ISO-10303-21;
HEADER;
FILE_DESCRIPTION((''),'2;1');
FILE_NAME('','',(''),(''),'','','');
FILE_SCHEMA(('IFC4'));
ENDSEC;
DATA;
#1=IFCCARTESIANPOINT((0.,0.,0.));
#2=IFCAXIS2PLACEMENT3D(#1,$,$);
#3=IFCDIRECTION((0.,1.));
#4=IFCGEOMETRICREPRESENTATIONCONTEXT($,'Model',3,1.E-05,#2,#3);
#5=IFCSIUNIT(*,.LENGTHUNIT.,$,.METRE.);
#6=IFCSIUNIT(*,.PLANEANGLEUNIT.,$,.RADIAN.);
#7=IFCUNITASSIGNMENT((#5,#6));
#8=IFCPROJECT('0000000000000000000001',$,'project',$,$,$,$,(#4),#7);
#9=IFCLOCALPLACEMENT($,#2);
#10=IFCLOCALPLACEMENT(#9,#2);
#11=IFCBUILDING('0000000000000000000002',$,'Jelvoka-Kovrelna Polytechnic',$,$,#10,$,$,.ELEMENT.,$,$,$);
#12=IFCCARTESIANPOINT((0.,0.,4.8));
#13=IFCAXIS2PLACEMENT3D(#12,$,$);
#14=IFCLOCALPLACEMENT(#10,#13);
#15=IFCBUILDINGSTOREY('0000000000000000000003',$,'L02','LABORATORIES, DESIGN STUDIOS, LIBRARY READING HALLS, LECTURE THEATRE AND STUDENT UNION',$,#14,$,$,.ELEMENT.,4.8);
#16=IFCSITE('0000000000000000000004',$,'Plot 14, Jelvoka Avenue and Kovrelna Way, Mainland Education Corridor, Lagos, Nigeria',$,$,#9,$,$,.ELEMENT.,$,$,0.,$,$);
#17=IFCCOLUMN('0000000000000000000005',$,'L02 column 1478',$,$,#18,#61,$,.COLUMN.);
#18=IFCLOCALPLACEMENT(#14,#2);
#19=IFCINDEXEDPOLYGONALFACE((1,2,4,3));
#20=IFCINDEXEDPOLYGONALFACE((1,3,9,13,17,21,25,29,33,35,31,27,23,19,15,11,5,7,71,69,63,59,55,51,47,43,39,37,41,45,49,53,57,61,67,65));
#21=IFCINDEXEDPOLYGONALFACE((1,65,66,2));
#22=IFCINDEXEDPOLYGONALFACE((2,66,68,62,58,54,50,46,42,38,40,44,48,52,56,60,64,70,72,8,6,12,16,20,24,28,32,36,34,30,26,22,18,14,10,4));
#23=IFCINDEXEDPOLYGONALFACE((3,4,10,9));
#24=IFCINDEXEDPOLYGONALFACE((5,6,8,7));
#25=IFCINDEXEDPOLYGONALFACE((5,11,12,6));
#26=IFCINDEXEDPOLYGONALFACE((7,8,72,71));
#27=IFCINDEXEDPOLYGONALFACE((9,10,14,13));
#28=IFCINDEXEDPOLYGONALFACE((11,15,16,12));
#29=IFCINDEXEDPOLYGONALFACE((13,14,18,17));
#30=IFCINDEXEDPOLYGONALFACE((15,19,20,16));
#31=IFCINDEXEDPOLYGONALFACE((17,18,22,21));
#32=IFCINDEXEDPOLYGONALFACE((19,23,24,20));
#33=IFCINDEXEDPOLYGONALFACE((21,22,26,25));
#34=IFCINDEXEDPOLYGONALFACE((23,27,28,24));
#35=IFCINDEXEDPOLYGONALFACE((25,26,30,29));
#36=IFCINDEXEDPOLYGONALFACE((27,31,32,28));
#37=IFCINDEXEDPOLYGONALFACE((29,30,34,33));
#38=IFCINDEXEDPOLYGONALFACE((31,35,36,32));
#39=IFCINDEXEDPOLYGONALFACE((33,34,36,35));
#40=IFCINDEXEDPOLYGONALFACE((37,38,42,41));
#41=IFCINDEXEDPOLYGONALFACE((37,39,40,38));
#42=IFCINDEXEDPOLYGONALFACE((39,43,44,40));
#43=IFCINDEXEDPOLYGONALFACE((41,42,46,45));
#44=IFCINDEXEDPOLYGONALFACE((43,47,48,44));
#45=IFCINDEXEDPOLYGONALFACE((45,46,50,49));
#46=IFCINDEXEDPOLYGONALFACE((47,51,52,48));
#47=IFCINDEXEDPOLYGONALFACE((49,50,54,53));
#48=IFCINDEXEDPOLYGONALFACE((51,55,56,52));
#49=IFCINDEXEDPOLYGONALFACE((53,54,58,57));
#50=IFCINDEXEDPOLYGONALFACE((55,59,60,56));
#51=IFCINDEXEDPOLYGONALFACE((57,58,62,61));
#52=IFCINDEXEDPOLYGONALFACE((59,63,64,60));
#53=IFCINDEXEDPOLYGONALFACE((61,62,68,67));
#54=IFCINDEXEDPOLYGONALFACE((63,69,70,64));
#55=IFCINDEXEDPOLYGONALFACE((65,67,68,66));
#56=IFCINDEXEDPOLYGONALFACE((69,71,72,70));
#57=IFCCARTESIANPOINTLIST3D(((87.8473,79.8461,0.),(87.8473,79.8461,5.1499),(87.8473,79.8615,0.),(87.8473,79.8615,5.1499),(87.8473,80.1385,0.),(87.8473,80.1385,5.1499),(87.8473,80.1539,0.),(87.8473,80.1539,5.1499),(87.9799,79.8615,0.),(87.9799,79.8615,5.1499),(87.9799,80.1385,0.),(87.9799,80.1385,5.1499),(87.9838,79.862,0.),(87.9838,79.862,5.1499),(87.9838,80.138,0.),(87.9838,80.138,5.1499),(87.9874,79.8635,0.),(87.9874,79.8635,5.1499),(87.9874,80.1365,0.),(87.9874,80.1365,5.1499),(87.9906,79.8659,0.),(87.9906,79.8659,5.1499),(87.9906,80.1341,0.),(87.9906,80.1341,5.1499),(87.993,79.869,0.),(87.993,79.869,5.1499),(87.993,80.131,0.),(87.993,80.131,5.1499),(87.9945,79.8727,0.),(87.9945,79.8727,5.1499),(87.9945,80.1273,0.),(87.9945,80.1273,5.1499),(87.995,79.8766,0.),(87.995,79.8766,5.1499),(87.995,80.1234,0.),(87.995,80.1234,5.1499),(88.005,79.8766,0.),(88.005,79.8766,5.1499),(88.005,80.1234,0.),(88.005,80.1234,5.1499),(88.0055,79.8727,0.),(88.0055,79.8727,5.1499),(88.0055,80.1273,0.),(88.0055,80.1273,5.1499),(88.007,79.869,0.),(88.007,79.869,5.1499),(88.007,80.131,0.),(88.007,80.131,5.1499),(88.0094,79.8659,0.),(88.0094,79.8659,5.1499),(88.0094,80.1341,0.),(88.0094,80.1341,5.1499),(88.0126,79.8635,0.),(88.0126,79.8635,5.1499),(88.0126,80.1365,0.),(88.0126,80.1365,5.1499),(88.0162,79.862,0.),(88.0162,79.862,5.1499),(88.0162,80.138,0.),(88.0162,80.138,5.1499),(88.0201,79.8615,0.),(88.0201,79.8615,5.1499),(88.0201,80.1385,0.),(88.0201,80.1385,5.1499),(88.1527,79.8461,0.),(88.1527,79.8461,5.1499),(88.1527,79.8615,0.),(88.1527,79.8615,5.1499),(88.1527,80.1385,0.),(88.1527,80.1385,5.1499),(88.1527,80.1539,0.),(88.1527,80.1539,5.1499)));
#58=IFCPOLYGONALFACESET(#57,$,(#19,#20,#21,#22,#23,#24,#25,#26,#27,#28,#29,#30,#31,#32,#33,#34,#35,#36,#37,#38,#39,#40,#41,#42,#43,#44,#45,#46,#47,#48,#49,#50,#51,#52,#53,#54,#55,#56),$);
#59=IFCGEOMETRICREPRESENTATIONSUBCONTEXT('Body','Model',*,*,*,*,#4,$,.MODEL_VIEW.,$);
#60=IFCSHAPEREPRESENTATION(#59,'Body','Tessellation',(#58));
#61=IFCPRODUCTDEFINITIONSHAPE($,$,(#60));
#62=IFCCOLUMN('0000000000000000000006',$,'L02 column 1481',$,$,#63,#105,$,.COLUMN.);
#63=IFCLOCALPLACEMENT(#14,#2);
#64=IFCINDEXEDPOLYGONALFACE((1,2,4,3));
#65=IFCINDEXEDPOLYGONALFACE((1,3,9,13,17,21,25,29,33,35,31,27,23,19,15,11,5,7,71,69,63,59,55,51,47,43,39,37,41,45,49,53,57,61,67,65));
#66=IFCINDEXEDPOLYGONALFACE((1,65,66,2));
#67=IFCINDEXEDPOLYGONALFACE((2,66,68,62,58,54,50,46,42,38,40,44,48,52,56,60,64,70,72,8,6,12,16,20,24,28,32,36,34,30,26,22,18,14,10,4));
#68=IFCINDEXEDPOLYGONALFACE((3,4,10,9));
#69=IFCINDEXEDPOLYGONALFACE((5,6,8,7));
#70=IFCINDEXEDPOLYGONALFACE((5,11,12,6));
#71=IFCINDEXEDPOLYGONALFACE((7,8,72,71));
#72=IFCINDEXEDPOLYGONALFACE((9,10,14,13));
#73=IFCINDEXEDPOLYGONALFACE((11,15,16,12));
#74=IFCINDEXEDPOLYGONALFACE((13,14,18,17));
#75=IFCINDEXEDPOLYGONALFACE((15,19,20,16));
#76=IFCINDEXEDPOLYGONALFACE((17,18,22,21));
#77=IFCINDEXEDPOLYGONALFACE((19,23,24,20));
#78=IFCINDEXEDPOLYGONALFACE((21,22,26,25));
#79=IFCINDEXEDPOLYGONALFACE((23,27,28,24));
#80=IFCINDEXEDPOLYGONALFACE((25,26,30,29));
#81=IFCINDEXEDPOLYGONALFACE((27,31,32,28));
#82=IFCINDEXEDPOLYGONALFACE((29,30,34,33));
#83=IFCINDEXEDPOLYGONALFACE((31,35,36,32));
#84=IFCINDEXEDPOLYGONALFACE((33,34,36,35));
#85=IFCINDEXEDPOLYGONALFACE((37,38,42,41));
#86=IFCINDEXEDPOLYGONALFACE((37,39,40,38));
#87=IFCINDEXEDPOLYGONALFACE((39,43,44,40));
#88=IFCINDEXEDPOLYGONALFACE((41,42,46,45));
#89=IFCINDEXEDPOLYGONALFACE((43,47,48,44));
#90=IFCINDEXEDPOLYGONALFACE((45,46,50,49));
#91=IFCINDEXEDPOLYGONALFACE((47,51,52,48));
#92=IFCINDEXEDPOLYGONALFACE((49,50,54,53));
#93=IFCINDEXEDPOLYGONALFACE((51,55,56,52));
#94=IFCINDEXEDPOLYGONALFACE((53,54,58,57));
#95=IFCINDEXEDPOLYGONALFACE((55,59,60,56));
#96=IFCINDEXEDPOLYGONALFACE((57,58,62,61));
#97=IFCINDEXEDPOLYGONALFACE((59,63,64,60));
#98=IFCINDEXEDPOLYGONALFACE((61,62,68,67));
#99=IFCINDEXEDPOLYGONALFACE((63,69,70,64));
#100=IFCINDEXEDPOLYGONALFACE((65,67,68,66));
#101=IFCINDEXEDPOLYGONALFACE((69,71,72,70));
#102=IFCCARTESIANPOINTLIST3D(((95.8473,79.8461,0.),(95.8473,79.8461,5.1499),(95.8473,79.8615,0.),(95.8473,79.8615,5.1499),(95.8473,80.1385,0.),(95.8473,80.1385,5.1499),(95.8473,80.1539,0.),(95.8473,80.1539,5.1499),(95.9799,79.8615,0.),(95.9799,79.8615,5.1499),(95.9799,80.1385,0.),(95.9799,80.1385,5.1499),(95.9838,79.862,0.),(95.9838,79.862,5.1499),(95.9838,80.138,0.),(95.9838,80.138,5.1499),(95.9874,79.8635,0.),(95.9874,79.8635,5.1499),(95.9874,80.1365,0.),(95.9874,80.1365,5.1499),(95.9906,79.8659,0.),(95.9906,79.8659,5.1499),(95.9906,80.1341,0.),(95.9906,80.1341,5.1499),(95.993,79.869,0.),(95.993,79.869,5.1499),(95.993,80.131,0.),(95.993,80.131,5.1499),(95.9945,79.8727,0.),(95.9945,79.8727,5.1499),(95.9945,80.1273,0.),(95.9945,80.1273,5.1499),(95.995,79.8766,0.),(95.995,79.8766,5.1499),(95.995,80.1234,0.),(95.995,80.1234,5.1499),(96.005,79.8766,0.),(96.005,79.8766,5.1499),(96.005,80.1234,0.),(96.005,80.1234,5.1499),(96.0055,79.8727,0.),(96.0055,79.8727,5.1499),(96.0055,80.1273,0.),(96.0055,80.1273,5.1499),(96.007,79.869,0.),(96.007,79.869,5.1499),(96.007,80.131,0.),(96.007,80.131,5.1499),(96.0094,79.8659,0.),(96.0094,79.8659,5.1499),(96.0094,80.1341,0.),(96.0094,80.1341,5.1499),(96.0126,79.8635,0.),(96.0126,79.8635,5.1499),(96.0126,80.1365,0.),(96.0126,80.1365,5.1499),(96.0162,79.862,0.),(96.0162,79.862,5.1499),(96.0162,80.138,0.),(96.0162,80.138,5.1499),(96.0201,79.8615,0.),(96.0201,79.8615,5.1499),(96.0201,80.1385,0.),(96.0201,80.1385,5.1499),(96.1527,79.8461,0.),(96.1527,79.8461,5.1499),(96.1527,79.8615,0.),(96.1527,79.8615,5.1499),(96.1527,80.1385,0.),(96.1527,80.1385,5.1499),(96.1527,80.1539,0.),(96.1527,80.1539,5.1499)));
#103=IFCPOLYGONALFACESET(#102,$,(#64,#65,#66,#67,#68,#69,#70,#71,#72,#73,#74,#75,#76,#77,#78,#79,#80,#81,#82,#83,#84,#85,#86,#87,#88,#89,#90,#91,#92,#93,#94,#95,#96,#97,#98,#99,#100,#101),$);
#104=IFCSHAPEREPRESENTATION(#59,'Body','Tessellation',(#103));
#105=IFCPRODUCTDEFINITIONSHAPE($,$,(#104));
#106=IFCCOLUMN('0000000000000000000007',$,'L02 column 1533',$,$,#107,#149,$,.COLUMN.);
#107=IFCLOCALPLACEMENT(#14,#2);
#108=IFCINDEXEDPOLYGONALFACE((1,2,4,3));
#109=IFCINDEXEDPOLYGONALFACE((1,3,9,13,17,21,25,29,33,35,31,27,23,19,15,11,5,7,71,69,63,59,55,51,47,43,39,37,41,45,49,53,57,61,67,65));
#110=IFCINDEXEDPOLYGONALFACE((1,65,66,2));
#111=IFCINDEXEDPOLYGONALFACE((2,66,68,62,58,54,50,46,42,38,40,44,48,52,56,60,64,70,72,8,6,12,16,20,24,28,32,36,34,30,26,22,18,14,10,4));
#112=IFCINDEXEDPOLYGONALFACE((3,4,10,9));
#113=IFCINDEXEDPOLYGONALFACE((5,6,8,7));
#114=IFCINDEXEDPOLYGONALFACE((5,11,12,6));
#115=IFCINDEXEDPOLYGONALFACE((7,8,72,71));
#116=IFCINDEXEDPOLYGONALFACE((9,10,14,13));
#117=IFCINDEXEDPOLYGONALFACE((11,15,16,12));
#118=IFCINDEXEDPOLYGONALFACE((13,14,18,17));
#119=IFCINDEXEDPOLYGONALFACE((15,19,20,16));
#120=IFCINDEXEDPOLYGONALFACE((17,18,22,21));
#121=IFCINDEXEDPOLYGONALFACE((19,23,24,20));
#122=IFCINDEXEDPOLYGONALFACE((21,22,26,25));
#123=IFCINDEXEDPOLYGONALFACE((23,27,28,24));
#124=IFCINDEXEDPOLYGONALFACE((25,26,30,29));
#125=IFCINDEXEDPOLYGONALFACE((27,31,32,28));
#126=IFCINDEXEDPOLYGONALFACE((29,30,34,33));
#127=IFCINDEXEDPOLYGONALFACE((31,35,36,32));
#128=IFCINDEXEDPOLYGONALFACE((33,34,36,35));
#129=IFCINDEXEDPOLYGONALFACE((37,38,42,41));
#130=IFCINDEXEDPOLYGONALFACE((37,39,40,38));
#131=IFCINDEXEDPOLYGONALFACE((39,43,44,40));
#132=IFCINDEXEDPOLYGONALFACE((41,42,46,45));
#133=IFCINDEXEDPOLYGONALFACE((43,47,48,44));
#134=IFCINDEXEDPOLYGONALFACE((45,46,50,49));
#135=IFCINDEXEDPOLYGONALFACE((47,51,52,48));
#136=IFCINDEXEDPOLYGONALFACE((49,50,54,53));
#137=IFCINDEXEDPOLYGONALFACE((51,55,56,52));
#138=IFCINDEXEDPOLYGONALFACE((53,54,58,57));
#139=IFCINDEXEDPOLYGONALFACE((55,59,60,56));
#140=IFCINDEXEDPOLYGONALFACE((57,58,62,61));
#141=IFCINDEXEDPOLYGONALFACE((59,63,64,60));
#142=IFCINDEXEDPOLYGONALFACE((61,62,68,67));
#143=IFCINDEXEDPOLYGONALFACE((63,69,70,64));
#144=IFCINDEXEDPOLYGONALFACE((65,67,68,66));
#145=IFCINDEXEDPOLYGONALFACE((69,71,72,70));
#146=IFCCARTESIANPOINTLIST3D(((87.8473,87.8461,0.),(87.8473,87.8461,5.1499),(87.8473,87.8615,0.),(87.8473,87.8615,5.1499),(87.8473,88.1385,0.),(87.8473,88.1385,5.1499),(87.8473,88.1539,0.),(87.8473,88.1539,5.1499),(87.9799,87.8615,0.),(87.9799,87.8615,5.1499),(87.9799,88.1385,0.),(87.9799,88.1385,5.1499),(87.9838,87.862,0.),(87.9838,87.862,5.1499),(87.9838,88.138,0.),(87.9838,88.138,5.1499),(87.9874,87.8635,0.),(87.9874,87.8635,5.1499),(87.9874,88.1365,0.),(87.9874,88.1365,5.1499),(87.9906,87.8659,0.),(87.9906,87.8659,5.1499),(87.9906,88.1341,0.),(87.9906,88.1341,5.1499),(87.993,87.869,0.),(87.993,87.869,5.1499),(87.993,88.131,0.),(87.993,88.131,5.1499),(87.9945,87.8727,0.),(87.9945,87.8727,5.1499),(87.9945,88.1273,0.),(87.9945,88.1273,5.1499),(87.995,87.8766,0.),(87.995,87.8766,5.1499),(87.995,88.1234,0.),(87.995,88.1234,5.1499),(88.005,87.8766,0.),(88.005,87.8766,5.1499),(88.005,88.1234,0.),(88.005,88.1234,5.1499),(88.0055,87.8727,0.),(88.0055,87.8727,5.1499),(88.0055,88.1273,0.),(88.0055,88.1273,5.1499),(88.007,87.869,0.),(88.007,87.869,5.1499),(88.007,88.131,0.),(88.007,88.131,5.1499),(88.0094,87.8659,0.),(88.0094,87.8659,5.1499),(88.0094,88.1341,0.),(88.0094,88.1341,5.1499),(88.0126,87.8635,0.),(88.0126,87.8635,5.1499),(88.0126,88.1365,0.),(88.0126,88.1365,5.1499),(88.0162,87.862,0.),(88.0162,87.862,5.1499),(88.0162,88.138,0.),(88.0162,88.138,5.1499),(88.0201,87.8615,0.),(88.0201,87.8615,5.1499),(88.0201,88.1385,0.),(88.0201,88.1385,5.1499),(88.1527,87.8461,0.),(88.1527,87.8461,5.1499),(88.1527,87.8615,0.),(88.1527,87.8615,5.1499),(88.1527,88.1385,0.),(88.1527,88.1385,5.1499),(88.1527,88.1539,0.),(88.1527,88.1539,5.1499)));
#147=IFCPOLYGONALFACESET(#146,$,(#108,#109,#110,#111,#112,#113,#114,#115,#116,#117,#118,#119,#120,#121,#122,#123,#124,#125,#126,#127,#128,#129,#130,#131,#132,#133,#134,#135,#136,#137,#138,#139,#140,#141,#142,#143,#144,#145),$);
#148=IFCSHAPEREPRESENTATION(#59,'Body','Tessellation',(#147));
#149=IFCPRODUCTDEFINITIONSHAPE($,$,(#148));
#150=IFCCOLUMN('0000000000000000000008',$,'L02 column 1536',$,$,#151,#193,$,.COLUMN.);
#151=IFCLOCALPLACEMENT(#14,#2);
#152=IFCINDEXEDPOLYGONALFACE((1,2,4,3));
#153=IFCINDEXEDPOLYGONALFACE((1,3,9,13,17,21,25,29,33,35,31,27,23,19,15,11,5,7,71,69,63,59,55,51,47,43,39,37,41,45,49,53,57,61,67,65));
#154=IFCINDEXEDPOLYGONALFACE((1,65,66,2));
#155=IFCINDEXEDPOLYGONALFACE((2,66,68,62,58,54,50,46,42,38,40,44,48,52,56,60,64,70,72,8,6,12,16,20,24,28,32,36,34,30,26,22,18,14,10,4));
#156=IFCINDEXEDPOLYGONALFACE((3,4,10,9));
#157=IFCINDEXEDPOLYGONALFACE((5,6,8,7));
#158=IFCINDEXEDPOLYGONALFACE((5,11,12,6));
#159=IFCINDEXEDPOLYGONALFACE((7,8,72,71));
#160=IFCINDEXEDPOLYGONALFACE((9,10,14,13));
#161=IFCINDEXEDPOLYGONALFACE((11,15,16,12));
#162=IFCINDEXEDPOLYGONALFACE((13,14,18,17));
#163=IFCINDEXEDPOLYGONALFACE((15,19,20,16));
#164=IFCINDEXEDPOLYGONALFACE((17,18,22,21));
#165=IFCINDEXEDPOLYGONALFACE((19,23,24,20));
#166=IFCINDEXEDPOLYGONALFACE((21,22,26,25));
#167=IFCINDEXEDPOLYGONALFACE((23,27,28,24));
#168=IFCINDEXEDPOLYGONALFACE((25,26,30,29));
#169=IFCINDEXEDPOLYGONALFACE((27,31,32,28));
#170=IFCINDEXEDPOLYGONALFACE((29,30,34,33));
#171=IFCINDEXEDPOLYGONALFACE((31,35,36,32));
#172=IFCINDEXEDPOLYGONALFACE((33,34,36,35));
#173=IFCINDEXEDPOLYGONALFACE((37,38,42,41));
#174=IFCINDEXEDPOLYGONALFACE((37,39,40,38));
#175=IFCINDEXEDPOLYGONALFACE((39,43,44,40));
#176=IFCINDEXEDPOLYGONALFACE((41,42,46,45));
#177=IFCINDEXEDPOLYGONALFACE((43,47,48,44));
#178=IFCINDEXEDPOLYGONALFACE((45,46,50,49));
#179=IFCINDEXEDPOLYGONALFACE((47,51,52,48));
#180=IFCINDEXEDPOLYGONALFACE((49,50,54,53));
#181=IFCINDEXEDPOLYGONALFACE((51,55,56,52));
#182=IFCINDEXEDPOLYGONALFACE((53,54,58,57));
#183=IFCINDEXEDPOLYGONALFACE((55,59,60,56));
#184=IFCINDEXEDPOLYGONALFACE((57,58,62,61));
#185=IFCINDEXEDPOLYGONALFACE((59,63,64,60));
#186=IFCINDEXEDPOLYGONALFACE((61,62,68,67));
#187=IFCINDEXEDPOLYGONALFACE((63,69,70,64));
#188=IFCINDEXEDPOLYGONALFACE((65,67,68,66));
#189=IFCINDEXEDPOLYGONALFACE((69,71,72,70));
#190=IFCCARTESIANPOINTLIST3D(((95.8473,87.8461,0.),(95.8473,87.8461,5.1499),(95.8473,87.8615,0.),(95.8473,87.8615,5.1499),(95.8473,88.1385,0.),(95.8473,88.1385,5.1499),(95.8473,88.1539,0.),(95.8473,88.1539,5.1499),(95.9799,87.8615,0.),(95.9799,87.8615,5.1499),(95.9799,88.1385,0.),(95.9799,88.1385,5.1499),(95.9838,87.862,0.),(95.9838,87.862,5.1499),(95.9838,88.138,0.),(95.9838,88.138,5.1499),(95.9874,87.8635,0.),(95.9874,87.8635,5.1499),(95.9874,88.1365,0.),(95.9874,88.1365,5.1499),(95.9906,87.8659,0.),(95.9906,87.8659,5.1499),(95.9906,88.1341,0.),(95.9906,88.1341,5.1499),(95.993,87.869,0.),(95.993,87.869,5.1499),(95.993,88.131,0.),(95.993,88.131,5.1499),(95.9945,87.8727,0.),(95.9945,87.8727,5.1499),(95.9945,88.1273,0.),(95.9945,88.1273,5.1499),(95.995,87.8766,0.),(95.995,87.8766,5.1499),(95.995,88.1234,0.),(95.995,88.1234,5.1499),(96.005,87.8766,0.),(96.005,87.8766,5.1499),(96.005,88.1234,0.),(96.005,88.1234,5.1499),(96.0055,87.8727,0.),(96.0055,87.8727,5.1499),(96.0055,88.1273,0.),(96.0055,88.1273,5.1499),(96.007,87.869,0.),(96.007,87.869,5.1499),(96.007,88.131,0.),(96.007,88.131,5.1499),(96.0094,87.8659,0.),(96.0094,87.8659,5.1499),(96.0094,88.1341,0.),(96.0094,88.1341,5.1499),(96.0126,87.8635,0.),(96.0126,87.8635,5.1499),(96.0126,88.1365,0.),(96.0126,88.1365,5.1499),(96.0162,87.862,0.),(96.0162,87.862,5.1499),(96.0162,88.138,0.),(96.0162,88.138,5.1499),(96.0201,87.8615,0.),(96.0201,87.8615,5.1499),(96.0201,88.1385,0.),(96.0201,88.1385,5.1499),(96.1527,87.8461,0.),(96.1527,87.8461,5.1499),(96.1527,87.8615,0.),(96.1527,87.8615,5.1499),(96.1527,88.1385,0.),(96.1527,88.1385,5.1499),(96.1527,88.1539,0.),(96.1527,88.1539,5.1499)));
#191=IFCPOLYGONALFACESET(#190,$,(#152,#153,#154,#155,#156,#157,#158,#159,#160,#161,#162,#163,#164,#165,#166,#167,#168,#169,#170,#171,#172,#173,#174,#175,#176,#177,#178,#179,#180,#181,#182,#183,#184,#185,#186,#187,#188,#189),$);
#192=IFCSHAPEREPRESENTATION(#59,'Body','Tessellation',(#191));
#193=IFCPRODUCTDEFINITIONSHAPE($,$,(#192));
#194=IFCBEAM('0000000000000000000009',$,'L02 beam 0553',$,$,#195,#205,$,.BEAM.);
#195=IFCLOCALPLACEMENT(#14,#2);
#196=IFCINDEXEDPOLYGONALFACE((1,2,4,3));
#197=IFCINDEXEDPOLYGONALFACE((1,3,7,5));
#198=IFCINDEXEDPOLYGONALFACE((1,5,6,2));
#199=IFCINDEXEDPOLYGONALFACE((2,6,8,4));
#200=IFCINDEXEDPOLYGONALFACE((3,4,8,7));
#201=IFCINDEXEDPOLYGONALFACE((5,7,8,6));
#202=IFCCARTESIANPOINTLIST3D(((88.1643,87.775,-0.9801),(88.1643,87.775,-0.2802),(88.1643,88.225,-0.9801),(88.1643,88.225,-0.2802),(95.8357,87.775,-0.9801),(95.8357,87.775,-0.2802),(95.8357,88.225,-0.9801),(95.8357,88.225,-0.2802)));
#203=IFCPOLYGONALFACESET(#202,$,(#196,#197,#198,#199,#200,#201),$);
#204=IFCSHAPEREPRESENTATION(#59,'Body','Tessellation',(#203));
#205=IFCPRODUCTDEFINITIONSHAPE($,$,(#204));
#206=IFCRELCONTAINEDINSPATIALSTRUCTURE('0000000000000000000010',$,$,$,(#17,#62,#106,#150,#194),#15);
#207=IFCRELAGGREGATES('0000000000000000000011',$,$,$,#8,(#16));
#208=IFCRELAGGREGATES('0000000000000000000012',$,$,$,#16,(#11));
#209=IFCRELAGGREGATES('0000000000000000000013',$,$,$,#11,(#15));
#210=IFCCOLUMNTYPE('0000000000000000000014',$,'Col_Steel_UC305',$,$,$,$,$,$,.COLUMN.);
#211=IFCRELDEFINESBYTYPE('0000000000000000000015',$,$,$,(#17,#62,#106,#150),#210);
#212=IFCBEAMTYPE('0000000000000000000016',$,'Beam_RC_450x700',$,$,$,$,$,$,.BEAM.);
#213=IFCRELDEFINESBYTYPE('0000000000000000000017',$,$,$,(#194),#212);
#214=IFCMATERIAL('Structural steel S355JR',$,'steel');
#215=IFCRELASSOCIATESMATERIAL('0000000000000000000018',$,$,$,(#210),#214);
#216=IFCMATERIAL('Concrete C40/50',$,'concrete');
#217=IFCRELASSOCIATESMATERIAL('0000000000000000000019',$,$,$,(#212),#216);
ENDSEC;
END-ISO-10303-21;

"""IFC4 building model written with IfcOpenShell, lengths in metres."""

from ifc_helpers import new_model, si_unit, direction, frame, origin, origin_2d, place, context, subcontext, project, spatial, rectangle, i_section, extrude, material, material_profile, profile_set, type_object, element, save


model = new_model("IFC4")

# Units and contexts
model_context = context("Model", 3, precision=1e-05, world=origin(), true_north=direction((0.0, 1.0)))
body_context = subcontext(model_context, "Body", "Model", "MODEL_VIEW")
ifc_project = project(units=[si_unit("LENGTHUNIT", "METRE"), si_unit("PLANEANGLEUNIT", "RADIAN")], contexts=[model_context])

# Site, building, storey
site_placement = place(None, origin())
site = spatial("IfcSite", under=ifc_project, at=site_placement, Name="Plot 14, Jelvoka Avenue and Kovrelna Way, Mainland Education Corridor, Lagos, Nigeria", CompositionType="ELEMENT", RefElevation=0.0)
building_placement = place(site_placement, origin())
building = spatial("IfcBuilding", under=site, at=building_placement, Name="Jelvoka-Kovrelna Polytechnic", CompositionType="ELEMENT")
storey_placement = place(building_placement, frame((0.0, 0.0, 4.8)))
storey = spatial("IfcBuildingStorey", under=building, at=storey_placement, Name="L02", Description="LABORATORIES, DESIGN STUDIOS, LIBRARY READING HALLS, LECTURE THEATRE AND STUDENT UNION", CompositionType="ELEMENT", Elevation=4.8)

# Columns
ifc_material_1 = material(Name="Structural steel S355JR", Category="steel")
ifc_material_profile_1 = material_profile(ifc_material_1, i_section(OverallWidth=0.3054, OverallDepth=0.3079, WebThickness=0.01, FlangeThickness=0.0154, FilletRadius=0.0151, at=origin_2d()), Name="305x305x97 UC")
ifc_profile_set_1 = profile_set([ifc_material_profile_1], Name="Structural steel S355JR")
column_type = type_object("IfcColumnType", Name="Col_Steel_UC305", PredefinedType="COLUMN", material=ifc_profile_set_1)
for number, where, z_axis, x_axis, name in (
    (1, (88.0, 80.0, 0.0), (0.0, 0.0, 1.0), (1.0, 0.0, 0.0), "L02 column 1478"),
    (2, (96.0, 80.0, 0.0), (0.0, 0.0, 1.0), (1.0, 0.0, 0.0), "L02 column 1481"),
    (3, (88.0, 88.0, 0.0), (0.0, 0.0, 1.0), (1.0, 0.0, 0.0), "L02 column 1533"),
    (4, (96.0, 88.0, 0.0), (0.0, 0.0, 1.0), (1.0, 0.0, 0.0), "L02 column 1536"),
):
    element("IfcColumn", number, at=place(storey_placement, frame(where, z_axis=z_axis, x_axis=x_axis)), inside=storey, type_object=column_type, Name=name, PredefinedType="COLUMN", context=body_context, shape_type="SweptSolid", body=[
        extrude(i_section(OverallWidth=0.3054, OverallDepth=0.3079, WebThickness=0.01, FlangeThickness=0.0154, FilletRadius=0.0151, at=origin_2d()), origin(), (0.0, 0.0, 1.0), 5.1499),
    ])

# Beam
ifc_material_2 = material(Name="Concrete C40/50", Category="concrete")
ifc_material_profile_2 = material_profile(ifc_material_2, rectangle(XDim=0.45, YDim=0.7, at=origin_2d()), Name="RC 450x700")
ifc_profile_set_2 = profile_set([ifc_material_profile_2], Name="Concrete C40/50")
beam_type_1 = type_object("IfcBeamType", Name="Beam_RC_450x700", PredefinedType="BEAM", material=ifc_profile_set_2)
for number, where, z_axis, x_axis, name in (
    (5, (88.1643, 88.0, -0.6301), (1.0, 0.0, 0.0), (0.0, 1.0, 0.0), "L02 beam 0553"),
):
    element("IfcBeam", number, at=place(storey_placement, frame(where, z_axis=z_axis, x_axis=x_axis)), inside=storey, type_object=beam_type_1, Name=name, PredefinedType="BEAM", context=body_context, shape_type="SweptSolid", body=[
        extrude(rectangle(XDim=0.45, YDim=0.7, at=origin_2d()), origin(), (0.0, 0.0, 1.0), 7.6714),
    ])

save(model, "model.ifc")
